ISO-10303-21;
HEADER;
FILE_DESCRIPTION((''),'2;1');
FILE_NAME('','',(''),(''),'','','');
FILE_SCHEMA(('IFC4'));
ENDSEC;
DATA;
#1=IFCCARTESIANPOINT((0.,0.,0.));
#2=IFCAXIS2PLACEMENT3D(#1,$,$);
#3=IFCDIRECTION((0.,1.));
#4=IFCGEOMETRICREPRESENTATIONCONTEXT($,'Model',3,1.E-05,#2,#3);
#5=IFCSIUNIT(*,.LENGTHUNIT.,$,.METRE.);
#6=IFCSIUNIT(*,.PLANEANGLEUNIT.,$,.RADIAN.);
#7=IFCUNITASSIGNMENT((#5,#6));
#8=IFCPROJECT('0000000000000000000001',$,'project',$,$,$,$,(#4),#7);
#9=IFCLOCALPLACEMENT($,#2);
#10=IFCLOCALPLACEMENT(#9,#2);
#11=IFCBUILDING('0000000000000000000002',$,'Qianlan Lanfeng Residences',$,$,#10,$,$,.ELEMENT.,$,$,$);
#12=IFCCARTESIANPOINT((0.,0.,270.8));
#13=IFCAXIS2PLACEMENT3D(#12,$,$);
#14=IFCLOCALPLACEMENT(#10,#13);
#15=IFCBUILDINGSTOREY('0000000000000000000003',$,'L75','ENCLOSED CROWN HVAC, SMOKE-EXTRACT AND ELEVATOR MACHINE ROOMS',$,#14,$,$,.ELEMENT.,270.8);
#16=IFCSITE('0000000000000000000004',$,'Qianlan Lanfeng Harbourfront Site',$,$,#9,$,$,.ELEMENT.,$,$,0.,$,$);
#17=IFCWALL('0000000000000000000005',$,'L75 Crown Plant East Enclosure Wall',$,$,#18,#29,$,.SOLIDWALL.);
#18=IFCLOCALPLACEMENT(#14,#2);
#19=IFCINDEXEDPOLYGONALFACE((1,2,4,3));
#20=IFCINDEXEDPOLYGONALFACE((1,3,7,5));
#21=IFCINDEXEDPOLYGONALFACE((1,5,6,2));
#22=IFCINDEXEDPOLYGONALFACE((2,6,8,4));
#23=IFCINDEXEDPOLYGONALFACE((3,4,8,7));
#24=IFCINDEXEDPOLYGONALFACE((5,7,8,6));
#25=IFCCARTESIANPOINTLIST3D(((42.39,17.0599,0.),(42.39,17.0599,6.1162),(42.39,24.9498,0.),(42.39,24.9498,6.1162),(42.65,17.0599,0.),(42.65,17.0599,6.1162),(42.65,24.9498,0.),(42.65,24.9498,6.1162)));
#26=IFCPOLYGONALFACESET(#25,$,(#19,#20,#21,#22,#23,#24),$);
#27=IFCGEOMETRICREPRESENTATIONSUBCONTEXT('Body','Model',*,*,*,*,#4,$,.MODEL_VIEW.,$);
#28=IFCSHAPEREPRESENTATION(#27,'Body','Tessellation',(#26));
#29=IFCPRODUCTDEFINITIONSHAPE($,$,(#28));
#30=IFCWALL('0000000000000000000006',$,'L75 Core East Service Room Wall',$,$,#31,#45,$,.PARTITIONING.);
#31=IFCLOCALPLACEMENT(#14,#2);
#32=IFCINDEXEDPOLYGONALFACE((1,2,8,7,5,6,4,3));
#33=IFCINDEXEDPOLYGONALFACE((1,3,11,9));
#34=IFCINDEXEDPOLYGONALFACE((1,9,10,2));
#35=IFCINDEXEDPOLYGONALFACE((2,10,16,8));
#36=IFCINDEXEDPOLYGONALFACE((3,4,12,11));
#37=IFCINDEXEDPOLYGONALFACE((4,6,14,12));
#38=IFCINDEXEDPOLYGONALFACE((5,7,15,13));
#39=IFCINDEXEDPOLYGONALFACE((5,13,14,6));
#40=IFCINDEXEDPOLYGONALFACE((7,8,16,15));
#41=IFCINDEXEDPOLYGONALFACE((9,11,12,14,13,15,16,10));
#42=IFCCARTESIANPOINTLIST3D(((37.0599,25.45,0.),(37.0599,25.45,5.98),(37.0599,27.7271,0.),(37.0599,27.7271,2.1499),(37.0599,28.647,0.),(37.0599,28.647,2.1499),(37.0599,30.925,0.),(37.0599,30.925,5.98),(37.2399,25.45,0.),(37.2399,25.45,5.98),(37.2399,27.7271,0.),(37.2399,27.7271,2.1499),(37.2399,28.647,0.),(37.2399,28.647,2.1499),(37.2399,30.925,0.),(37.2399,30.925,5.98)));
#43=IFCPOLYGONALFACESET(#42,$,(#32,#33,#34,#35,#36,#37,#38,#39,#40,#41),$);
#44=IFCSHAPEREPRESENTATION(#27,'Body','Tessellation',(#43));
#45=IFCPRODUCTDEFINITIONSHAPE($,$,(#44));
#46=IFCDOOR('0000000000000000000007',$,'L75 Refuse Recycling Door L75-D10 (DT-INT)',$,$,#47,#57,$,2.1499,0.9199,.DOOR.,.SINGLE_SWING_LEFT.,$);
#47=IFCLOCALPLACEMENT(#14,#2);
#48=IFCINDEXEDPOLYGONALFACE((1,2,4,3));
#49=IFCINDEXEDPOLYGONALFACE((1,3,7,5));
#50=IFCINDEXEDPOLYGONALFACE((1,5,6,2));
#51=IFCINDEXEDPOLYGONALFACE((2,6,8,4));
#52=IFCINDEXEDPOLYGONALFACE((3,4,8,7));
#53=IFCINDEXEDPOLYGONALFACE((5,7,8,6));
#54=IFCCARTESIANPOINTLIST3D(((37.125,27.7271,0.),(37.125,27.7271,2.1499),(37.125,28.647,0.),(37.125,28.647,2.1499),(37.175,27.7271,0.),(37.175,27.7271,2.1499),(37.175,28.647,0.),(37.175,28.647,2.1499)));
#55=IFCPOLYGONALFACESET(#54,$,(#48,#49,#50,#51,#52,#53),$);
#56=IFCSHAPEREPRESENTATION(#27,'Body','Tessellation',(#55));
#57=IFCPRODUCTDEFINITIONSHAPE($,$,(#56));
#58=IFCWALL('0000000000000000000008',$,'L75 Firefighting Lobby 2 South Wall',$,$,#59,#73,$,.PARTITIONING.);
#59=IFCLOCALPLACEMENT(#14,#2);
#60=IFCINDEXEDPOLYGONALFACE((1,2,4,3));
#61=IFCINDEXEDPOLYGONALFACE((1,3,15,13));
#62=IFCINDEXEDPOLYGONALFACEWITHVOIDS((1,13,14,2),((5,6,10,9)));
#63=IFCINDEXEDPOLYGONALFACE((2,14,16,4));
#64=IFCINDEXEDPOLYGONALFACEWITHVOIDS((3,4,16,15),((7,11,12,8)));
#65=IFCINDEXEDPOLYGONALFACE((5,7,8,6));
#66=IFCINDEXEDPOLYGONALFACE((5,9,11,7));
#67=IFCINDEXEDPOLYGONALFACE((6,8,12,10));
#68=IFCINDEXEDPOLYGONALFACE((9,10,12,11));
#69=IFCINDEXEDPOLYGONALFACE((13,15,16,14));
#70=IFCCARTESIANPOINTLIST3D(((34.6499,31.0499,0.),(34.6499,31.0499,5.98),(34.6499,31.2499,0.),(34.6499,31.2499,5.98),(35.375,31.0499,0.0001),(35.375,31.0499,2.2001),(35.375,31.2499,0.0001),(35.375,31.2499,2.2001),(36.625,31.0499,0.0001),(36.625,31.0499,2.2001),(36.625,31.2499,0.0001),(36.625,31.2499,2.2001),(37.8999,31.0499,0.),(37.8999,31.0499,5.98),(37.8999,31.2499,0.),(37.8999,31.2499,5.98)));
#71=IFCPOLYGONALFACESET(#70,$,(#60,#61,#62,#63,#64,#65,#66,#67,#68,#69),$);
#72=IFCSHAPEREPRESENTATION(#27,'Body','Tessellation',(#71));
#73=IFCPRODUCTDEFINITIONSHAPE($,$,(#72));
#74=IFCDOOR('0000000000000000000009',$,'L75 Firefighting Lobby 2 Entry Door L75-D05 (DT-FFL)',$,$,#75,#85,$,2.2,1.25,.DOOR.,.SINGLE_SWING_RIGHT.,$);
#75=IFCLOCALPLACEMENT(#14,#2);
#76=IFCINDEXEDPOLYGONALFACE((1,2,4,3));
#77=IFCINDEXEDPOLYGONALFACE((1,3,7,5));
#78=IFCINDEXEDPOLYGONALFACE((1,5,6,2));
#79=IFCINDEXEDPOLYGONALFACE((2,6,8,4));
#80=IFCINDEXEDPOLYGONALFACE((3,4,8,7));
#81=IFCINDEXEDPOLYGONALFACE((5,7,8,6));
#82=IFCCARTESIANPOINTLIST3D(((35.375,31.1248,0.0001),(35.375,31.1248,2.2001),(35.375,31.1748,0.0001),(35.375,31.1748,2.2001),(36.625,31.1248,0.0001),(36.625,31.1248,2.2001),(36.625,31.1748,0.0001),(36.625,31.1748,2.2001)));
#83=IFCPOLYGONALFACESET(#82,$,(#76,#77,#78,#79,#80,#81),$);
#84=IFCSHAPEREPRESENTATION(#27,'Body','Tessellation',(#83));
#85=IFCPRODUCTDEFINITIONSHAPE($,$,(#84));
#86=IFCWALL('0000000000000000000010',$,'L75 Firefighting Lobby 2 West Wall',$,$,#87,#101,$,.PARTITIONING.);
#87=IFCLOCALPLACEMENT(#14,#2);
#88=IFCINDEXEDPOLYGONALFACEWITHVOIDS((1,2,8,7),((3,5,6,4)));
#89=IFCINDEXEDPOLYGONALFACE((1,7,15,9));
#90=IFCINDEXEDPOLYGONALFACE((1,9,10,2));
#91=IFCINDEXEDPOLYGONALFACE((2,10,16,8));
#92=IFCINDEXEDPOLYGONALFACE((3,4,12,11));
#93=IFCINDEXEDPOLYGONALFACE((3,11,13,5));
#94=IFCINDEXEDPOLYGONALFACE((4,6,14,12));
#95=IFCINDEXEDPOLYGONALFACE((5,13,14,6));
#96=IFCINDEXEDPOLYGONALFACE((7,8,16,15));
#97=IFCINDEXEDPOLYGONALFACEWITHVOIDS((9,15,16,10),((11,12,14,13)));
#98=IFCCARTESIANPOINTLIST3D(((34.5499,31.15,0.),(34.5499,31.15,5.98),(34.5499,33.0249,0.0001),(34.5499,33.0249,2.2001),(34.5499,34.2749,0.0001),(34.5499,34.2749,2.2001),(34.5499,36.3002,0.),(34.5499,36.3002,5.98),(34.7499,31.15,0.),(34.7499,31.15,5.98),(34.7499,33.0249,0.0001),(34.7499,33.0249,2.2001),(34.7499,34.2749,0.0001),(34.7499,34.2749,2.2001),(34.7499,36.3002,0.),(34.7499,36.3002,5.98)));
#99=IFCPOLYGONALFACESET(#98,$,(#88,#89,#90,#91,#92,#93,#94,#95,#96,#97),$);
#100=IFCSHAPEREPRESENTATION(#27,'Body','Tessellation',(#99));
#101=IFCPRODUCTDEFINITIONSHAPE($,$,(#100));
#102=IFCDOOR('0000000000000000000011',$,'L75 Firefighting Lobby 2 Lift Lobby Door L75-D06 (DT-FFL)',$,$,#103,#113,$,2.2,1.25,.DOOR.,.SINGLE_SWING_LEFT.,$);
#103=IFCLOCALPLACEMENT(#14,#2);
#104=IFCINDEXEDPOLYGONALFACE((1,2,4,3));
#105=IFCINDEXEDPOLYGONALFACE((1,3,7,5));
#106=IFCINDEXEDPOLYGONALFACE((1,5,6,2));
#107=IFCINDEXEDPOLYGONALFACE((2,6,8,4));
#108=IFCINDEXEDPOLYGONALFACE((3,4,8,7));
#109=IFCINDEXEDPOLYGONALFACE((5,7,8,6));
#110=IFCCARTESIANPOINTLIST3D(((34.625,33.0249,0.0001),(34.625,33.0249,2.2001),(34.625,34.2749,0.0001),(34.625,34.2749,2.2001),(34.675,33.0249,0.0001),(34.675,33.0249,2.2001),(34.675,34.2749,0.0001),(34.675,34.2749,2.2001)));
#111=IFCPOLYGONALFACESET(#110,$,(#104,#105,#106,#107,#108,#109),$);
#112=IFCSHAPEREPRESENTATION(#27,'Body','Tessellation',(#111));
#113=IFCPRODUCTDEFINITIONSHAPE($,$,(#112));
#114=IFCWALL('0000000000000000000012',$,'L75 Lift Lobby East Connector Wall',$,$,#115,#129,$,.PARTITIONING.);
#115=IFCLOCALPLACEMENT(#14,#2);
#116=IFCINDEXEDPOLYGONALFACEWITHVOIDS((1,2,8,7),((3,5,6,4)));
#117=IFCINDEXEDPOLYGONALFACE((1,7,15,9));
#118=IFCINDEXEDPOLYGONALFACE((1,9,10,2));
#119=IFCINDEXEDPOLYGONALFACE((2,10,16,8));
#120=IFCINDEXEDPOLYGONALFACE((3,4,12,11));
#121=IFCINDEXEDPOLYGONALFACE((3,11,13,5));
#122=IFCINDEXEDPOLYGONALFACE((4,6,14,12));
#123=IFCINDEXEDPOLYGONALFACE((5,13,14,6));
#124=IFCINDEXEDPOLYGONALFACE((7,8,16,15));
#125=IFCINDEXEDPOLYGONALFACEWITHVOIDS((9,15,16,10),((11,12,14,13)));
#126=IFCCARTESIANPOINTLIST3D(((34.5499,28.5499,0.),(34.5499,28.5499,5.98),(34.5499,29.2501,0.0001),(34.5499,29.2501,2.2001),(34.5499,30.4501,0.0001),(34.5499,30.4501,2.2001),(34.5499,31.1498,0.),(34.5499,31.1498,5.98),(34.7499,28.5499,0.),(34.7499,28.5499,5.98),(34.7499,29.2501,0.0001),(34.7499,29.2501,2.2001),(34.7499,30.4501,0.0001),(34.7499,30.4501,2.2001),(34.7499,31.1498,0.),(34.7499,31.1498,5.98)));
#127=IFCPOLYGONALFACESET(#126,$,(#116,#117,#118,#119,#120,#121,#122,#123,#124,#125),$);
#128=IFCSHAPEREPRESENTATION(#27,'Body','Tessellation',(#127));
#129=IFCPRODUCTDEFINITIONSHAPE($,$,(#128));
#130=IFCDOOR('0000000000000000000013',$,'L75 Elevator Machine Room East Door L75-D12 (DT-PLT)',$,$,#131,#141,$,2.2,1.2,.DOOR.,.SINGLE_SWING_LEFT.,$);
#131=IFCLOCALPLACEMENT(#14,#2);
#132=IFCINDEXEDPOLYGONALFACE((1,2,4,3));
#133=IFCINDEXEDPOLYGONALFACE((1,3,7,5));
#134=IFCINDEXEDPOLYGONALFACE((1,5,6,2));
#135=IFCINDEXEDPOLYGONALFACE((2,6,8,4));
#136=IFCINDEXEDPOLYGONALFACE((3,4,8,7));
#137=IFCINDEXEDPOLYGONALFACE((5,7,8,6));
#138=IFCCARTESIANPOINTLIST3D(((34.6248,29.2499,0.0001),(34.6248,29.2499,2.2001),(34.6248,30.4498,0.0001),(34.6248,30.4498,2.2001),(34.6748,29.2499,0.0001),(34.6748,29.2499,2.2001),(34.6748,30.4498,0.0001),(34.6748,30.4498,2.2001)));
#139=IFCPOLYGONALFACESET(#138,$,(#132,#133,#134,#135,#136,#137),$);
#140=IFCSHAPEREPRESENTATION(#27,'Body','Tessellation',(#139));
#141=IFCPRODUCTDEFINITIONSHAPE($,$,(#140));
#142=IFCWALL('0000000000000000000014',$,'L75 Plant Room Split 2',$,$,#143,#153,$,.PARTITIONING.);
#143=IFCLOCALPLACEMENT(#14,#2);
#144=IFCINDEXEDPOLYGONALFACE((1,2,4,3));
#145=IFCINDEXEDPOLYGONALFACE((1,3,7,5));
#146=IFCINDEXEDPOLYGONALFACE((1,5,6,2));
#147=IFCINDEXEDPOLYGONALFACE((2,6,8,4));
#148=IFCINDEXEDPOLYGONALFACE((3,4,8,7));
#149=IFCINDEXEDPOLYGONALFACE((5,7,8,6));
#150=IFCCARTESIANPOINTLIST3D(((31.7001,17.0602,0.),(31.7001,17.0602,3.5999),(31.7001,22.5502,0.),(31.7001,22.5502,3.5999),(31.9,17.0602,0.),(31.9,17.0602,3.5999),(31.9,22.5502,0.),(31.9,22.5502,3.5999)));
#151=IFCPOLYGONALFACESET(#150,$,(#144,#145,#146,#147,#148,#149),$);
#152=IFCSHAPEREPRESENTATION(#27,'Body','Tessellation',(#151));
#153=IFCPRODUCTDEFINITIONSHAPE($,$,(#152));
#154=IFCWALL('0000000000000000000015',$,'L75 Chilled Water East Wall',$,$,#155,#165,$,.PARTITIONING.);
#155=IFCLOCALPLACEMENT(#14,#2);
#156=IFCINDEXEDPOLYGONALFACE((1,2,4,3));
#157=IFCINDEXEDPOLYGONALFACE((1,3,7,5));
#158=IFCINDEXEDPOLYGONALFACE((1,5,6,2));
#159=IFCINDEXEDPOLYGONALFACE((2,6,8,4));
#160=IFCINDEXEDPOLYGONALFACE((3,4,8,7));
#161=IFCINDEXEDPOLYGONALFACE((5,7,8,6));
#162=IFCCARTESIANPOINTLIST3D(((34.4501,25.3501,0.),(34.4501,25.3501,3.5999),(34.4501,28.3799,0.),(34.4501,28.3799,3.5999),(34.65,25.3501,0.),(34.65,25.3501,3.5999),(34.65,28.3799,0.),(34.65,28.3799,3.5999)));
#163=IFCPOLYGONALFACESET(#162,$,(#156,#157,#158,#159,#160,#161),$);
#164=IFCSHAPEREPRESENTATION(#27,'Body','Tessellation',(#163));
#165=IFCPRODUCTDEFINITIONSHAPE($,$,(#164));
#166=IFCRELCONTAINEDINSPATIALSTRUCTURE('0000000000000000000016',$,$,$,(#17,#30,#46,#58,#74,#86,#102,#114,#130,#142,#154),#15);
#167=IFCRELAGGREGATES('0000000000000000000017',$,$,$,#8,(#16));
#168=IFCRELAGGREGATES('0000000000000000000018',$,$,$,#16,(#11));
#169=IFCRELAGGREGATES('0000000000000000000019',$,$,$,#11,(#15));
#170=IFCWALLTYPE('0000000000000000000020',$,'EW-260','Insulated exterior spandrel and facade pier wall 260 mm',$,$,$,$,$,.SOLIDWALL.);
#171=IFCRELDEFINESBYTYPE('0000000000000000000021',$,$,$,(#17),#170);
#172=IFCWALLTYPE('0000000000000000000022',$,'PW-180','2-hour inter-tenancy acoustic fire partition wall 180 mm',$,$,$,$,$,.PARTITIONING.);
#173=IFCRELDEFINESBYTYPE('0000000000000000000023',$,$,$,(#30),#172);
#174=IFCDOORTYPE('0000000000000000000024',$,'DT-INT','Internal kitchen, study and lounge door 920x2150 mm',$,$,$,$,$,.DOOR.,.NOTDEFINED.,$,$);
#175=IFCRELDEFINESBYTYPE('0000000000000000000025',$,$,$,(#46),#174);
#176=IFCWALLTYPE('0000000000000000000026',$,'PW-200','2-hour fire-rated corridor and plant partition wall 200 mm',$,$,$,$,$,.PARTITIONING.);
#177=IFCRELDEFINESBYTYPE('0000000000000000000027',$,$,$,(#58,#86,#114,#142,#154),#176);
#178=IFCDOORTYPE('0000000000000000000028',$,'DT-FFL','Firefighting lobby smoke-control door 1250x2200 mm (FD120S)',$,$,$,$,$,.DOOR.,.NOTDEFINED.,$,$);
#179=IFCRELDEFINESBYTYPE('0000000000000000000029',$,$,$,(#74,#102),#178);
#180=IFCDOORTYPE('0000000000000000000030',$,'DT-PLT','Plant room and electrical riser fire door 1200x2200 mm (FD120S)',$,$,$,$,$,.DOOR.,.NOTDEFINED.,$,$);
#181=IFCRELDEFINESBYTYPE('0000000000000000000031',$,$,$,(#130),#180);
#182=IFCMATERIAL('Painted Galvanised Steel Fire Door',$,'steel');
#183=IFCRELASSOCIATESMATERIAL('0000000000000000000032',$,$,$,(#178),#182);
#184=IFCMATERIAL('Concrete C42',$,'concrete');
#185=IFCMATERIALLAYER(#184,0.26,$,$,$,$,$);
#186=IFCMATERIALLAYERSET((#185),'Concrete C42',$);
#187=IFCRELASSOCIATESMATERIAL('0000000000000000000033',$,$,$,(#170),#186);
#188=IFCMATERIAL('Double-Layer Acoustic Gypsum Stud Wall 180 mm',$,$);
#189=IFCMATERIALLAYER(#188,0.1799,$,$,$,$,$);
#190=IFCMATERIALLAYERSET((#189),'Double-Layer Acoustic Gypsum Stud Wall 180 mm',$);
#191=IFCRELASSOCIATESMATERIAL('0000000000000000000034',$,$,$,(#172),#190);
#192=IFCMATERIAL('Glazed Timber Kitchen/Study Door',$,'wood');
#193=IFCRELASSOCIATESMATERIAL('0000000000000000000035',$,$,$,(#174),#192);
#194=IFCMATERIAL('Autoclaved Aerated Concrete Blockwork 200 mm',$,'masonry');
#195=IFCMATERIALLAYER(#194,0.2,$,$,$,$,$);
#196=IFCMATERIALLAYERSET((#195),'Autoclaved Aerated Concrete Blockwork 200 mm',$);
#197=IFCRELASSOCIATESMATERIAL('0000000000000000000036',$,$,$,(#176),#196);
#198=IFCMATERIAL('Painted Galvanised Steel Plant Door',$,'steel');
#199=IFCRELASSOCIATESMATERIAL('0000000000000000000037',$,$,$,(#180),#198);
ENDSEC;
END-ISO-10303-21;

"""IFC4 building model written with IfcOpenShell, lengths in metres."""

from ifc_helpers import new_model, si_unit, direction, frame, frame_2d, origin, place, context, subcontext, project, spatial, rectangle, extrude, material, layer, layer_set, type_object, element, fill, save


model = new_model("IFC4")

# Units and contexts
model_context = context("Model", 3, precision=1e-05, world=origin(), true_north=direction((0.0, 1.0)))
body_context = subcontext(model_context, "Body", "Model", "MODEL_VIEW")
ifc_project = project(units=[si_unit("LENGTHUNIT", "METRE"), si_unit("PLANEANGLEUNIT", "RADIAN")], contexts=[model_context])

# Site, building, storey
site_placement = place(None, origin())
site = spatial("IfcSite", under=ifc_project, at=site_placement, Name="Qianlan Lanfeng Harbourfront Site", CompositionType="ELEMENT", RefElevation=0.0)
building_placement = place(site_placement, origin())
building = spatial("IfcBuilding", under=site, at=building_placement, Name="Qianlan Lanfeng Residences", CompositionType="ELEMENT")
storey_placement = place(building_placement, frame((0.0, 0.0, 270.8)))
storey = spatial("IfcBuildingStorey", under=building, at=storey_placement, Name="L75", Description="ENCLOSED CROWN HVAC, SMOKE-EXTRACT AND ELEVATOR MACHINE ROOMS", CompositionType="ELEMENT", Elevation=270.8)

# Shared definitions
ifc_material_1 = material(Name="Painted Galvanised Steel Fire Door", Category="steel")

# Shared definitions
door_type_1 = type_object("IfcDoorType", Name="DT-FFL", Description="Firefighting lobby smoke-control door 1250x2200 mm (FD120S)", OperationType="NOTDEFINED", PredefinedType="DOOR", material=ifc_material_1)

# Wall
ifc_material_2 = material(Name="Concrete C42", Category="concrete")
ifc_layer_1 = layer(ifc_material_2, 0.26)
ifc_layer_set_1 = layer_set([ifc_layer_1], Name="Concrete C42")
wall_type_1 = type_object("IfcWallType", Name="EW-260", Description="Insulated exterior spandrel and facade pier wall 260 mm", PredefinedType="SOLIDWALL", material=ifc_layer_set_1)
wall_1_placement = place(storey_placement, frame((42.52, 17.0601, 0.0), z_axis=(0.0, 0.0, 1.0), x_axis=(0.0, 1.0, 0.0)))
element("IfcWall", 1, at=wall_1_placement, inside=storey, type_object=wall_type_1, Name="L75 Crown Plant East Enclosure Wall", PredefinedType="SOLIDWALL", context=body_context, shape_type="SweptSolid", body=[
    extrude(rectangle(XDim=7.8899, YDim=0.26, at=frame_2d((3.9448, 0.0))), origin(), (0.0, 0.0, 1.0), 6.1162),
])

# Walls, openings, doors
ifc_material_3 = material(Name="Double-Layer Acoustic Gypsum Stud Wall 180 mm")
ifc_layer_2 = layer(ifc_material_3, 0.1799)
ifc_layer_set_2 = layer_set([ifc_layer_2], Name="Double-Layer Acoustic Gypsum Stud Wall 180 mm")
wall_type_2 = type_object("IfcWallType", Name="PW-180", Description="2-hour inter-tenancy acoustic fire partition wall 180 mm", PredefinedType="PARTITIONING", material=ifc_layer_set_2)
wall_2_placement = place(storey_placement, frame((37.1499, 25.45, 0.0), z_axis=(0.0, 0.0, 1.0), x_axis=(0.0, 1.0, 0.0)))
wall_2 = element("IfcWall", 2, at=wall_2_placement, inside=storey, type_object=wall_type_2, Name="L75 Core East Service Room Wall", PredefinedType="PARTITIONING", context=body_context, shape_type="SweptSolid", body=[
    extrude(rectangle(XDim=5.4751, YDim=0.1799, at=frame_2d((2.7375, 0.0))), origin(), (0.0, 0.0, 1.0), 5.98),
])
opening_1_placement = place(wall_2_placement, frame((2.2771, 0.0, 0.0)))
opening_1 = element("IfcOpeningElement", 3, at=opening_1_placement, cuts=wall_2, PredefinedType="OPENING", context=body_context, shape_type="SweptSolid", body=[
    extrude(rectangle(XDim=0.9199, YDim=2.1499, at=frame_2d((0.46, 1.075))), frame((0.0, 0.1001, 0.0), z_axis=(0.0, -1.0, 0.0), x_axis=(1.0, 0.0, 0.0)), (0.0, 0.0, 1.0), 0.2),
])
ifc_material_4 = material(Name="Glazed Timber Kitchen/Study Door", Category="wood")
door_type_2 = type_object("IfcDoorType", Name="DT-INT", Description="Internal kitchen, study and lounge door 920x2150 mm", OperationType="NOTDEFINED", PredefinedType="DOOR", material=ifc_material_4)
door_1_placement = place(opening_1_placement, origin())
door_1 = element("IfcDoor", 4, at=door_1_placement, inside=storey, type_object=door_type_2, Name="L75 Refuse Recycling Door L75-D10 (DT-INT)", OperationType="SINGLE_SWING_LEFT", OverallHeight=2.1499, OverallWidth=0.9199, PredefinedType="DOOR", context=body_context, shape_type="SweptSolid", body=[
    extrude(rectangle(XDim=0.9199, YDim=2.1499, at=frame_2d((0.46, 1.075))), frame((0.0, 0.0249, 0.0), z_axis=(0.0, -1.0, 0.0), x_axis=(1.0, 0.0, 0.0)), (0.0, 0.0, 1.0), 0.05),
])
fill(opening_1, door_1)
ifc_material_5 = material(Name="Autoclaved Aerated Concrete Blockwork 200 mm", Category="masonry")
ifc_layer_3 = layer(ifc_material_5, 0.2)
ifc_layer_set_3 = layer_set([ifc_layer_3], Name="Autoclaved Aerated Concrete Blockwork 200 mm")
wall_type_3 = type_object("IfcWallType", Name="PW-200", Description="2-hour fire-rated corridor and plant partition wall 200 mm", PredefinedType="PARTITIONING", material=ifc_layer_set_3)
wall_3_placement = place(storey_placement, frame((34.6499, 31.1499, 0.0), z_axis=(0.0, 0.0, 1.0), x_axis=(1.0, 0.0, 0.0)))
wall_3 = element("IfcWall", 5, at=wall_3_placement, inside=storey, type_object=wall_type_3, Name="L75 Firefighting Lobby 2 South Wall", PredefinedType="PARTITIONING", context=body_context, shape_type="SweptSolid", body=[
    extrude(rectangle(XDim=3.25, YDim=0.2, at=frame_2d((1.625, 0.0))), origin(), (0.0, 0.0, 1.0), 5.98),
])
opening_2_placement = place(wall_3_placement, frame((0.7251, 0.0, 0.0)))
opening_2 = element("IfcOpeningElement", 6, at=opening_2_placement, cuts=wall_3, PredefinedType="OPENING", context=body_context, shape_type="SweptSolid", body=[
    extrude(rectangle(XDim=1.25, YDim=2.2, at=frame_2d((0.625, 1.1001))), frame((0.0, 0.1099, 0.0), z_axis=(0.0, -1.0, 0.0), x_axis=(1.0, 0.0, 0.0)), (0.0, 0.0, 1.0), 0.22),
])
door_2_placement = place(opening_2_placement, origin())
door_2 = element("IfcDoor", 7, at=door_2_placement, inside=storey, type_object=door_type_1, Name="L75 Firefighting Lobby 2 Entry Door L75-D05 (DT-FFL)", OperationType="SINGLE_SWING_RIGHT", OverallHeight=2.2, OverallWidth=1.25, PredefinedType="DOOR", context=body_context, shape_type="SweptSolid", body=[
    extrude(rectangle(XDim=1.25, YDim=2.2, at=frame_2d((0.625, 1.1001))), frame((0.0, 0.0249, 0.0), z_axis=(0.0, -1.0, 0.0), x_axis=(1.0, 0.0, 0.0)), (0.0, 0.0, 1.0), 0.05),
])
fill(opening_2, door_2)
wall_4_placement = place(storey_placement, frame((34.6499, 31.1499, 0.0), z_axis=(0.0, 0.0, 1.0), x_axis=(0.0, 1.0, 0.0)))
wall_4 = element("IfcWall", 8, at=wall_4_placement, inside=storey, type_object=wall_type_3, Name="L75 Firefighting Lobby 2 West Wall", PredefinedType="PARTITIONING", context=body_context, shape_type="SweptSolid", body=[
    extrude(rectangle(XDim=5.1501, YDim=0.2, at=frame_2d((2.5752, 0.0))), origin(), (0.0, 0.0, 1.0), 5.98),
])
opening_3_placement = place(wall_4_placement, frame((1.875, 0.0, 0.0)))
opening_3 = element("IfcOpeningElement", 9, at=opening_3_placement, cuts=wall_4, PredefinedType="OPENING", context=body_context, shape_type="SweptSolid", body=[
    extrude(rectangle(XDim=1.25, YDim=2.2, at=frame_2d((0.625, 1.1001))), frame((0.0, 0.1099, 0.0), z_axis=(0.0, -1.0, 0.0), x_axis=(1.0, 0.0, 0.0)), (0.0, 0.0, 1.0), 0.22),
])
door_3_placement = place(opening_3_placement, origin())
door_3 = element("IfcDoor", 10, at=door_3_placement, inside=storey, type_object=door_type_1, Name="L75 Firefighting Lobby 2 Lift Lobby Door L75-D06 (DT-FFL)", OperationType="SINGLE_SWING_LEFT", OverallHeight=2.2, OverallWidth=1.25, PredefinedType="DOOR", context=body_context, shape_type="SweptSolid", body=[
    extrude(rectangle(XDim=1.25, YDim=2.2, at=frame_2d((0.625, 1.1001))), frame((0.0, 0.0249, 0.0), z_axis=(0.0, -1.0, 0.0), x_axis=(1.0, 0.0, 0.0)), (0.0, 0.0, 1.0), 0.05),
])
fill(opening_3, door_3)
wall_5_placement = place(storey_placement, frame((34.6499, 28.55, 0.0), z_axis=(0.0, 0.0, 1.0), x_axis=(0.0, 1.0, 0.0)))
wall_5 = element("IfcWall", 11, at=wall_5_placement, inside=storey, type_object=wall_type_3, Name="L75 Lift Lobby East Connector Wall", PredefinedType="PARTITIONING", context=body_context, shape_type="SweptSolid", body=[
    extrude(rectangle(XDim=2.5999, YDim=0.2, at=frame_2d((1.2998, 0.0))), origin(), (0.0, 0.0, 1.0), 5.98),
])
opening_4_placement = place(wall_5_placement, frame((0.7, 0.0, 0.0)))
opening_4 = element("IfcOpeningElement", 12, at=opening_4_placement, cuts=wall_5, PredefinedType="OPENING", context=body_context, shape_type="SweptSolid", body=[
    extrude(rectangle(XDim=1.2, YDim=2.2, at=frame_2d((0.6001, 1.1001))), frame((0.0, 0.1099, 0.0), z_axis=(0.0, -1.0, 0.0), x_axis=(1.0, 0.0, 0.0)), (0.0, 0.0, 1.0), 0.22),
])
ifc_material_6 = material(Name="Painted Galvanised Steel Plant Door", Category="steel")
door_type_3 = type_object("IfcDoorType", Name="DT-PLT", Description="Plant room and electrical riser fire door 1200x2200 mm (FD120S)", OperationType="NOTDEFINED", PredefinedType="DOOR", material=ifc_material_6)
door_4_placement = place(opening_4_placement, frame((1.2, 0.0, 0.0), z_axis=(0.0, 0.0, 1.0), x_axis=(-1.0, 0.0, 0.0)))
door_4 = element("IfcDoor", 13, at=door_4_placement, inside=storey, type_object=door_type_3, Name="L75 Elevator Machine Room East Door L75-D12 (DT-PLT)", OperationType="SINGLE_SWING_LEFT", OverallHeight=2.2, OverallWidth=1.2, PredefinedType="DOOR", context=body_context, shape_type="SweptSolid", body=[
    extrude(rectangle(XDim=1.2, YDim=2.2, at=frame_2d((0.6001, 1.1001))), frame((0.0, 0.0249, 0.0), z_axis=(0.0, -1.0, 0.0), x_axis=(1.0, 0.0, 0.0)), (0.0, 0.0, 1.0), 0.05),
])
fill(opening_4, door_4)

# Walls
wall_6_placement = place(storey_placement, frame((31.8, 17.0601, 0.0), z_axis=(0.0, 0.0, 1.0), x_axis=(0.0, 1.0, 0.0)))
element("IfcWall", 14, at=wall_6_placement, inside=storey, type_object=wall_type_3, Name="L75 Plant Room Split 2", PredefinedType="PARTITIONING", context=body_context, shape_type="SweptSolid", body=[
    extrude(rectangle(XDim=5.49, YDim=0.2, at=frame_2d((2.7451, 0.0))), origin(), (0.0, 0.0, 1.0), 3.5999),
])
wall_7_placement = place(storey_placement, frame((34.55, 25.3501, 0.0), z_axis=(0.0, 0.0, 1.0), x_axis=(0.0, 1.0, 0.0)))
element("IfcWall", 15, at=wall_7_placement, inside=storey, type_object=wall_type_3, Name="L75 Chilled Water East Wall", PredefinedType="PARTITIONING", context=body_context, shape_type="SweptSolid", body=[
    extrude(rectangle(XDim=3.0298, YDim=0.2, at=frame_2d((1.5149, 0.0))), origin(), (0.0, 0.0, 1.0), 3.5999),
])

save(model, "model.ifc")
